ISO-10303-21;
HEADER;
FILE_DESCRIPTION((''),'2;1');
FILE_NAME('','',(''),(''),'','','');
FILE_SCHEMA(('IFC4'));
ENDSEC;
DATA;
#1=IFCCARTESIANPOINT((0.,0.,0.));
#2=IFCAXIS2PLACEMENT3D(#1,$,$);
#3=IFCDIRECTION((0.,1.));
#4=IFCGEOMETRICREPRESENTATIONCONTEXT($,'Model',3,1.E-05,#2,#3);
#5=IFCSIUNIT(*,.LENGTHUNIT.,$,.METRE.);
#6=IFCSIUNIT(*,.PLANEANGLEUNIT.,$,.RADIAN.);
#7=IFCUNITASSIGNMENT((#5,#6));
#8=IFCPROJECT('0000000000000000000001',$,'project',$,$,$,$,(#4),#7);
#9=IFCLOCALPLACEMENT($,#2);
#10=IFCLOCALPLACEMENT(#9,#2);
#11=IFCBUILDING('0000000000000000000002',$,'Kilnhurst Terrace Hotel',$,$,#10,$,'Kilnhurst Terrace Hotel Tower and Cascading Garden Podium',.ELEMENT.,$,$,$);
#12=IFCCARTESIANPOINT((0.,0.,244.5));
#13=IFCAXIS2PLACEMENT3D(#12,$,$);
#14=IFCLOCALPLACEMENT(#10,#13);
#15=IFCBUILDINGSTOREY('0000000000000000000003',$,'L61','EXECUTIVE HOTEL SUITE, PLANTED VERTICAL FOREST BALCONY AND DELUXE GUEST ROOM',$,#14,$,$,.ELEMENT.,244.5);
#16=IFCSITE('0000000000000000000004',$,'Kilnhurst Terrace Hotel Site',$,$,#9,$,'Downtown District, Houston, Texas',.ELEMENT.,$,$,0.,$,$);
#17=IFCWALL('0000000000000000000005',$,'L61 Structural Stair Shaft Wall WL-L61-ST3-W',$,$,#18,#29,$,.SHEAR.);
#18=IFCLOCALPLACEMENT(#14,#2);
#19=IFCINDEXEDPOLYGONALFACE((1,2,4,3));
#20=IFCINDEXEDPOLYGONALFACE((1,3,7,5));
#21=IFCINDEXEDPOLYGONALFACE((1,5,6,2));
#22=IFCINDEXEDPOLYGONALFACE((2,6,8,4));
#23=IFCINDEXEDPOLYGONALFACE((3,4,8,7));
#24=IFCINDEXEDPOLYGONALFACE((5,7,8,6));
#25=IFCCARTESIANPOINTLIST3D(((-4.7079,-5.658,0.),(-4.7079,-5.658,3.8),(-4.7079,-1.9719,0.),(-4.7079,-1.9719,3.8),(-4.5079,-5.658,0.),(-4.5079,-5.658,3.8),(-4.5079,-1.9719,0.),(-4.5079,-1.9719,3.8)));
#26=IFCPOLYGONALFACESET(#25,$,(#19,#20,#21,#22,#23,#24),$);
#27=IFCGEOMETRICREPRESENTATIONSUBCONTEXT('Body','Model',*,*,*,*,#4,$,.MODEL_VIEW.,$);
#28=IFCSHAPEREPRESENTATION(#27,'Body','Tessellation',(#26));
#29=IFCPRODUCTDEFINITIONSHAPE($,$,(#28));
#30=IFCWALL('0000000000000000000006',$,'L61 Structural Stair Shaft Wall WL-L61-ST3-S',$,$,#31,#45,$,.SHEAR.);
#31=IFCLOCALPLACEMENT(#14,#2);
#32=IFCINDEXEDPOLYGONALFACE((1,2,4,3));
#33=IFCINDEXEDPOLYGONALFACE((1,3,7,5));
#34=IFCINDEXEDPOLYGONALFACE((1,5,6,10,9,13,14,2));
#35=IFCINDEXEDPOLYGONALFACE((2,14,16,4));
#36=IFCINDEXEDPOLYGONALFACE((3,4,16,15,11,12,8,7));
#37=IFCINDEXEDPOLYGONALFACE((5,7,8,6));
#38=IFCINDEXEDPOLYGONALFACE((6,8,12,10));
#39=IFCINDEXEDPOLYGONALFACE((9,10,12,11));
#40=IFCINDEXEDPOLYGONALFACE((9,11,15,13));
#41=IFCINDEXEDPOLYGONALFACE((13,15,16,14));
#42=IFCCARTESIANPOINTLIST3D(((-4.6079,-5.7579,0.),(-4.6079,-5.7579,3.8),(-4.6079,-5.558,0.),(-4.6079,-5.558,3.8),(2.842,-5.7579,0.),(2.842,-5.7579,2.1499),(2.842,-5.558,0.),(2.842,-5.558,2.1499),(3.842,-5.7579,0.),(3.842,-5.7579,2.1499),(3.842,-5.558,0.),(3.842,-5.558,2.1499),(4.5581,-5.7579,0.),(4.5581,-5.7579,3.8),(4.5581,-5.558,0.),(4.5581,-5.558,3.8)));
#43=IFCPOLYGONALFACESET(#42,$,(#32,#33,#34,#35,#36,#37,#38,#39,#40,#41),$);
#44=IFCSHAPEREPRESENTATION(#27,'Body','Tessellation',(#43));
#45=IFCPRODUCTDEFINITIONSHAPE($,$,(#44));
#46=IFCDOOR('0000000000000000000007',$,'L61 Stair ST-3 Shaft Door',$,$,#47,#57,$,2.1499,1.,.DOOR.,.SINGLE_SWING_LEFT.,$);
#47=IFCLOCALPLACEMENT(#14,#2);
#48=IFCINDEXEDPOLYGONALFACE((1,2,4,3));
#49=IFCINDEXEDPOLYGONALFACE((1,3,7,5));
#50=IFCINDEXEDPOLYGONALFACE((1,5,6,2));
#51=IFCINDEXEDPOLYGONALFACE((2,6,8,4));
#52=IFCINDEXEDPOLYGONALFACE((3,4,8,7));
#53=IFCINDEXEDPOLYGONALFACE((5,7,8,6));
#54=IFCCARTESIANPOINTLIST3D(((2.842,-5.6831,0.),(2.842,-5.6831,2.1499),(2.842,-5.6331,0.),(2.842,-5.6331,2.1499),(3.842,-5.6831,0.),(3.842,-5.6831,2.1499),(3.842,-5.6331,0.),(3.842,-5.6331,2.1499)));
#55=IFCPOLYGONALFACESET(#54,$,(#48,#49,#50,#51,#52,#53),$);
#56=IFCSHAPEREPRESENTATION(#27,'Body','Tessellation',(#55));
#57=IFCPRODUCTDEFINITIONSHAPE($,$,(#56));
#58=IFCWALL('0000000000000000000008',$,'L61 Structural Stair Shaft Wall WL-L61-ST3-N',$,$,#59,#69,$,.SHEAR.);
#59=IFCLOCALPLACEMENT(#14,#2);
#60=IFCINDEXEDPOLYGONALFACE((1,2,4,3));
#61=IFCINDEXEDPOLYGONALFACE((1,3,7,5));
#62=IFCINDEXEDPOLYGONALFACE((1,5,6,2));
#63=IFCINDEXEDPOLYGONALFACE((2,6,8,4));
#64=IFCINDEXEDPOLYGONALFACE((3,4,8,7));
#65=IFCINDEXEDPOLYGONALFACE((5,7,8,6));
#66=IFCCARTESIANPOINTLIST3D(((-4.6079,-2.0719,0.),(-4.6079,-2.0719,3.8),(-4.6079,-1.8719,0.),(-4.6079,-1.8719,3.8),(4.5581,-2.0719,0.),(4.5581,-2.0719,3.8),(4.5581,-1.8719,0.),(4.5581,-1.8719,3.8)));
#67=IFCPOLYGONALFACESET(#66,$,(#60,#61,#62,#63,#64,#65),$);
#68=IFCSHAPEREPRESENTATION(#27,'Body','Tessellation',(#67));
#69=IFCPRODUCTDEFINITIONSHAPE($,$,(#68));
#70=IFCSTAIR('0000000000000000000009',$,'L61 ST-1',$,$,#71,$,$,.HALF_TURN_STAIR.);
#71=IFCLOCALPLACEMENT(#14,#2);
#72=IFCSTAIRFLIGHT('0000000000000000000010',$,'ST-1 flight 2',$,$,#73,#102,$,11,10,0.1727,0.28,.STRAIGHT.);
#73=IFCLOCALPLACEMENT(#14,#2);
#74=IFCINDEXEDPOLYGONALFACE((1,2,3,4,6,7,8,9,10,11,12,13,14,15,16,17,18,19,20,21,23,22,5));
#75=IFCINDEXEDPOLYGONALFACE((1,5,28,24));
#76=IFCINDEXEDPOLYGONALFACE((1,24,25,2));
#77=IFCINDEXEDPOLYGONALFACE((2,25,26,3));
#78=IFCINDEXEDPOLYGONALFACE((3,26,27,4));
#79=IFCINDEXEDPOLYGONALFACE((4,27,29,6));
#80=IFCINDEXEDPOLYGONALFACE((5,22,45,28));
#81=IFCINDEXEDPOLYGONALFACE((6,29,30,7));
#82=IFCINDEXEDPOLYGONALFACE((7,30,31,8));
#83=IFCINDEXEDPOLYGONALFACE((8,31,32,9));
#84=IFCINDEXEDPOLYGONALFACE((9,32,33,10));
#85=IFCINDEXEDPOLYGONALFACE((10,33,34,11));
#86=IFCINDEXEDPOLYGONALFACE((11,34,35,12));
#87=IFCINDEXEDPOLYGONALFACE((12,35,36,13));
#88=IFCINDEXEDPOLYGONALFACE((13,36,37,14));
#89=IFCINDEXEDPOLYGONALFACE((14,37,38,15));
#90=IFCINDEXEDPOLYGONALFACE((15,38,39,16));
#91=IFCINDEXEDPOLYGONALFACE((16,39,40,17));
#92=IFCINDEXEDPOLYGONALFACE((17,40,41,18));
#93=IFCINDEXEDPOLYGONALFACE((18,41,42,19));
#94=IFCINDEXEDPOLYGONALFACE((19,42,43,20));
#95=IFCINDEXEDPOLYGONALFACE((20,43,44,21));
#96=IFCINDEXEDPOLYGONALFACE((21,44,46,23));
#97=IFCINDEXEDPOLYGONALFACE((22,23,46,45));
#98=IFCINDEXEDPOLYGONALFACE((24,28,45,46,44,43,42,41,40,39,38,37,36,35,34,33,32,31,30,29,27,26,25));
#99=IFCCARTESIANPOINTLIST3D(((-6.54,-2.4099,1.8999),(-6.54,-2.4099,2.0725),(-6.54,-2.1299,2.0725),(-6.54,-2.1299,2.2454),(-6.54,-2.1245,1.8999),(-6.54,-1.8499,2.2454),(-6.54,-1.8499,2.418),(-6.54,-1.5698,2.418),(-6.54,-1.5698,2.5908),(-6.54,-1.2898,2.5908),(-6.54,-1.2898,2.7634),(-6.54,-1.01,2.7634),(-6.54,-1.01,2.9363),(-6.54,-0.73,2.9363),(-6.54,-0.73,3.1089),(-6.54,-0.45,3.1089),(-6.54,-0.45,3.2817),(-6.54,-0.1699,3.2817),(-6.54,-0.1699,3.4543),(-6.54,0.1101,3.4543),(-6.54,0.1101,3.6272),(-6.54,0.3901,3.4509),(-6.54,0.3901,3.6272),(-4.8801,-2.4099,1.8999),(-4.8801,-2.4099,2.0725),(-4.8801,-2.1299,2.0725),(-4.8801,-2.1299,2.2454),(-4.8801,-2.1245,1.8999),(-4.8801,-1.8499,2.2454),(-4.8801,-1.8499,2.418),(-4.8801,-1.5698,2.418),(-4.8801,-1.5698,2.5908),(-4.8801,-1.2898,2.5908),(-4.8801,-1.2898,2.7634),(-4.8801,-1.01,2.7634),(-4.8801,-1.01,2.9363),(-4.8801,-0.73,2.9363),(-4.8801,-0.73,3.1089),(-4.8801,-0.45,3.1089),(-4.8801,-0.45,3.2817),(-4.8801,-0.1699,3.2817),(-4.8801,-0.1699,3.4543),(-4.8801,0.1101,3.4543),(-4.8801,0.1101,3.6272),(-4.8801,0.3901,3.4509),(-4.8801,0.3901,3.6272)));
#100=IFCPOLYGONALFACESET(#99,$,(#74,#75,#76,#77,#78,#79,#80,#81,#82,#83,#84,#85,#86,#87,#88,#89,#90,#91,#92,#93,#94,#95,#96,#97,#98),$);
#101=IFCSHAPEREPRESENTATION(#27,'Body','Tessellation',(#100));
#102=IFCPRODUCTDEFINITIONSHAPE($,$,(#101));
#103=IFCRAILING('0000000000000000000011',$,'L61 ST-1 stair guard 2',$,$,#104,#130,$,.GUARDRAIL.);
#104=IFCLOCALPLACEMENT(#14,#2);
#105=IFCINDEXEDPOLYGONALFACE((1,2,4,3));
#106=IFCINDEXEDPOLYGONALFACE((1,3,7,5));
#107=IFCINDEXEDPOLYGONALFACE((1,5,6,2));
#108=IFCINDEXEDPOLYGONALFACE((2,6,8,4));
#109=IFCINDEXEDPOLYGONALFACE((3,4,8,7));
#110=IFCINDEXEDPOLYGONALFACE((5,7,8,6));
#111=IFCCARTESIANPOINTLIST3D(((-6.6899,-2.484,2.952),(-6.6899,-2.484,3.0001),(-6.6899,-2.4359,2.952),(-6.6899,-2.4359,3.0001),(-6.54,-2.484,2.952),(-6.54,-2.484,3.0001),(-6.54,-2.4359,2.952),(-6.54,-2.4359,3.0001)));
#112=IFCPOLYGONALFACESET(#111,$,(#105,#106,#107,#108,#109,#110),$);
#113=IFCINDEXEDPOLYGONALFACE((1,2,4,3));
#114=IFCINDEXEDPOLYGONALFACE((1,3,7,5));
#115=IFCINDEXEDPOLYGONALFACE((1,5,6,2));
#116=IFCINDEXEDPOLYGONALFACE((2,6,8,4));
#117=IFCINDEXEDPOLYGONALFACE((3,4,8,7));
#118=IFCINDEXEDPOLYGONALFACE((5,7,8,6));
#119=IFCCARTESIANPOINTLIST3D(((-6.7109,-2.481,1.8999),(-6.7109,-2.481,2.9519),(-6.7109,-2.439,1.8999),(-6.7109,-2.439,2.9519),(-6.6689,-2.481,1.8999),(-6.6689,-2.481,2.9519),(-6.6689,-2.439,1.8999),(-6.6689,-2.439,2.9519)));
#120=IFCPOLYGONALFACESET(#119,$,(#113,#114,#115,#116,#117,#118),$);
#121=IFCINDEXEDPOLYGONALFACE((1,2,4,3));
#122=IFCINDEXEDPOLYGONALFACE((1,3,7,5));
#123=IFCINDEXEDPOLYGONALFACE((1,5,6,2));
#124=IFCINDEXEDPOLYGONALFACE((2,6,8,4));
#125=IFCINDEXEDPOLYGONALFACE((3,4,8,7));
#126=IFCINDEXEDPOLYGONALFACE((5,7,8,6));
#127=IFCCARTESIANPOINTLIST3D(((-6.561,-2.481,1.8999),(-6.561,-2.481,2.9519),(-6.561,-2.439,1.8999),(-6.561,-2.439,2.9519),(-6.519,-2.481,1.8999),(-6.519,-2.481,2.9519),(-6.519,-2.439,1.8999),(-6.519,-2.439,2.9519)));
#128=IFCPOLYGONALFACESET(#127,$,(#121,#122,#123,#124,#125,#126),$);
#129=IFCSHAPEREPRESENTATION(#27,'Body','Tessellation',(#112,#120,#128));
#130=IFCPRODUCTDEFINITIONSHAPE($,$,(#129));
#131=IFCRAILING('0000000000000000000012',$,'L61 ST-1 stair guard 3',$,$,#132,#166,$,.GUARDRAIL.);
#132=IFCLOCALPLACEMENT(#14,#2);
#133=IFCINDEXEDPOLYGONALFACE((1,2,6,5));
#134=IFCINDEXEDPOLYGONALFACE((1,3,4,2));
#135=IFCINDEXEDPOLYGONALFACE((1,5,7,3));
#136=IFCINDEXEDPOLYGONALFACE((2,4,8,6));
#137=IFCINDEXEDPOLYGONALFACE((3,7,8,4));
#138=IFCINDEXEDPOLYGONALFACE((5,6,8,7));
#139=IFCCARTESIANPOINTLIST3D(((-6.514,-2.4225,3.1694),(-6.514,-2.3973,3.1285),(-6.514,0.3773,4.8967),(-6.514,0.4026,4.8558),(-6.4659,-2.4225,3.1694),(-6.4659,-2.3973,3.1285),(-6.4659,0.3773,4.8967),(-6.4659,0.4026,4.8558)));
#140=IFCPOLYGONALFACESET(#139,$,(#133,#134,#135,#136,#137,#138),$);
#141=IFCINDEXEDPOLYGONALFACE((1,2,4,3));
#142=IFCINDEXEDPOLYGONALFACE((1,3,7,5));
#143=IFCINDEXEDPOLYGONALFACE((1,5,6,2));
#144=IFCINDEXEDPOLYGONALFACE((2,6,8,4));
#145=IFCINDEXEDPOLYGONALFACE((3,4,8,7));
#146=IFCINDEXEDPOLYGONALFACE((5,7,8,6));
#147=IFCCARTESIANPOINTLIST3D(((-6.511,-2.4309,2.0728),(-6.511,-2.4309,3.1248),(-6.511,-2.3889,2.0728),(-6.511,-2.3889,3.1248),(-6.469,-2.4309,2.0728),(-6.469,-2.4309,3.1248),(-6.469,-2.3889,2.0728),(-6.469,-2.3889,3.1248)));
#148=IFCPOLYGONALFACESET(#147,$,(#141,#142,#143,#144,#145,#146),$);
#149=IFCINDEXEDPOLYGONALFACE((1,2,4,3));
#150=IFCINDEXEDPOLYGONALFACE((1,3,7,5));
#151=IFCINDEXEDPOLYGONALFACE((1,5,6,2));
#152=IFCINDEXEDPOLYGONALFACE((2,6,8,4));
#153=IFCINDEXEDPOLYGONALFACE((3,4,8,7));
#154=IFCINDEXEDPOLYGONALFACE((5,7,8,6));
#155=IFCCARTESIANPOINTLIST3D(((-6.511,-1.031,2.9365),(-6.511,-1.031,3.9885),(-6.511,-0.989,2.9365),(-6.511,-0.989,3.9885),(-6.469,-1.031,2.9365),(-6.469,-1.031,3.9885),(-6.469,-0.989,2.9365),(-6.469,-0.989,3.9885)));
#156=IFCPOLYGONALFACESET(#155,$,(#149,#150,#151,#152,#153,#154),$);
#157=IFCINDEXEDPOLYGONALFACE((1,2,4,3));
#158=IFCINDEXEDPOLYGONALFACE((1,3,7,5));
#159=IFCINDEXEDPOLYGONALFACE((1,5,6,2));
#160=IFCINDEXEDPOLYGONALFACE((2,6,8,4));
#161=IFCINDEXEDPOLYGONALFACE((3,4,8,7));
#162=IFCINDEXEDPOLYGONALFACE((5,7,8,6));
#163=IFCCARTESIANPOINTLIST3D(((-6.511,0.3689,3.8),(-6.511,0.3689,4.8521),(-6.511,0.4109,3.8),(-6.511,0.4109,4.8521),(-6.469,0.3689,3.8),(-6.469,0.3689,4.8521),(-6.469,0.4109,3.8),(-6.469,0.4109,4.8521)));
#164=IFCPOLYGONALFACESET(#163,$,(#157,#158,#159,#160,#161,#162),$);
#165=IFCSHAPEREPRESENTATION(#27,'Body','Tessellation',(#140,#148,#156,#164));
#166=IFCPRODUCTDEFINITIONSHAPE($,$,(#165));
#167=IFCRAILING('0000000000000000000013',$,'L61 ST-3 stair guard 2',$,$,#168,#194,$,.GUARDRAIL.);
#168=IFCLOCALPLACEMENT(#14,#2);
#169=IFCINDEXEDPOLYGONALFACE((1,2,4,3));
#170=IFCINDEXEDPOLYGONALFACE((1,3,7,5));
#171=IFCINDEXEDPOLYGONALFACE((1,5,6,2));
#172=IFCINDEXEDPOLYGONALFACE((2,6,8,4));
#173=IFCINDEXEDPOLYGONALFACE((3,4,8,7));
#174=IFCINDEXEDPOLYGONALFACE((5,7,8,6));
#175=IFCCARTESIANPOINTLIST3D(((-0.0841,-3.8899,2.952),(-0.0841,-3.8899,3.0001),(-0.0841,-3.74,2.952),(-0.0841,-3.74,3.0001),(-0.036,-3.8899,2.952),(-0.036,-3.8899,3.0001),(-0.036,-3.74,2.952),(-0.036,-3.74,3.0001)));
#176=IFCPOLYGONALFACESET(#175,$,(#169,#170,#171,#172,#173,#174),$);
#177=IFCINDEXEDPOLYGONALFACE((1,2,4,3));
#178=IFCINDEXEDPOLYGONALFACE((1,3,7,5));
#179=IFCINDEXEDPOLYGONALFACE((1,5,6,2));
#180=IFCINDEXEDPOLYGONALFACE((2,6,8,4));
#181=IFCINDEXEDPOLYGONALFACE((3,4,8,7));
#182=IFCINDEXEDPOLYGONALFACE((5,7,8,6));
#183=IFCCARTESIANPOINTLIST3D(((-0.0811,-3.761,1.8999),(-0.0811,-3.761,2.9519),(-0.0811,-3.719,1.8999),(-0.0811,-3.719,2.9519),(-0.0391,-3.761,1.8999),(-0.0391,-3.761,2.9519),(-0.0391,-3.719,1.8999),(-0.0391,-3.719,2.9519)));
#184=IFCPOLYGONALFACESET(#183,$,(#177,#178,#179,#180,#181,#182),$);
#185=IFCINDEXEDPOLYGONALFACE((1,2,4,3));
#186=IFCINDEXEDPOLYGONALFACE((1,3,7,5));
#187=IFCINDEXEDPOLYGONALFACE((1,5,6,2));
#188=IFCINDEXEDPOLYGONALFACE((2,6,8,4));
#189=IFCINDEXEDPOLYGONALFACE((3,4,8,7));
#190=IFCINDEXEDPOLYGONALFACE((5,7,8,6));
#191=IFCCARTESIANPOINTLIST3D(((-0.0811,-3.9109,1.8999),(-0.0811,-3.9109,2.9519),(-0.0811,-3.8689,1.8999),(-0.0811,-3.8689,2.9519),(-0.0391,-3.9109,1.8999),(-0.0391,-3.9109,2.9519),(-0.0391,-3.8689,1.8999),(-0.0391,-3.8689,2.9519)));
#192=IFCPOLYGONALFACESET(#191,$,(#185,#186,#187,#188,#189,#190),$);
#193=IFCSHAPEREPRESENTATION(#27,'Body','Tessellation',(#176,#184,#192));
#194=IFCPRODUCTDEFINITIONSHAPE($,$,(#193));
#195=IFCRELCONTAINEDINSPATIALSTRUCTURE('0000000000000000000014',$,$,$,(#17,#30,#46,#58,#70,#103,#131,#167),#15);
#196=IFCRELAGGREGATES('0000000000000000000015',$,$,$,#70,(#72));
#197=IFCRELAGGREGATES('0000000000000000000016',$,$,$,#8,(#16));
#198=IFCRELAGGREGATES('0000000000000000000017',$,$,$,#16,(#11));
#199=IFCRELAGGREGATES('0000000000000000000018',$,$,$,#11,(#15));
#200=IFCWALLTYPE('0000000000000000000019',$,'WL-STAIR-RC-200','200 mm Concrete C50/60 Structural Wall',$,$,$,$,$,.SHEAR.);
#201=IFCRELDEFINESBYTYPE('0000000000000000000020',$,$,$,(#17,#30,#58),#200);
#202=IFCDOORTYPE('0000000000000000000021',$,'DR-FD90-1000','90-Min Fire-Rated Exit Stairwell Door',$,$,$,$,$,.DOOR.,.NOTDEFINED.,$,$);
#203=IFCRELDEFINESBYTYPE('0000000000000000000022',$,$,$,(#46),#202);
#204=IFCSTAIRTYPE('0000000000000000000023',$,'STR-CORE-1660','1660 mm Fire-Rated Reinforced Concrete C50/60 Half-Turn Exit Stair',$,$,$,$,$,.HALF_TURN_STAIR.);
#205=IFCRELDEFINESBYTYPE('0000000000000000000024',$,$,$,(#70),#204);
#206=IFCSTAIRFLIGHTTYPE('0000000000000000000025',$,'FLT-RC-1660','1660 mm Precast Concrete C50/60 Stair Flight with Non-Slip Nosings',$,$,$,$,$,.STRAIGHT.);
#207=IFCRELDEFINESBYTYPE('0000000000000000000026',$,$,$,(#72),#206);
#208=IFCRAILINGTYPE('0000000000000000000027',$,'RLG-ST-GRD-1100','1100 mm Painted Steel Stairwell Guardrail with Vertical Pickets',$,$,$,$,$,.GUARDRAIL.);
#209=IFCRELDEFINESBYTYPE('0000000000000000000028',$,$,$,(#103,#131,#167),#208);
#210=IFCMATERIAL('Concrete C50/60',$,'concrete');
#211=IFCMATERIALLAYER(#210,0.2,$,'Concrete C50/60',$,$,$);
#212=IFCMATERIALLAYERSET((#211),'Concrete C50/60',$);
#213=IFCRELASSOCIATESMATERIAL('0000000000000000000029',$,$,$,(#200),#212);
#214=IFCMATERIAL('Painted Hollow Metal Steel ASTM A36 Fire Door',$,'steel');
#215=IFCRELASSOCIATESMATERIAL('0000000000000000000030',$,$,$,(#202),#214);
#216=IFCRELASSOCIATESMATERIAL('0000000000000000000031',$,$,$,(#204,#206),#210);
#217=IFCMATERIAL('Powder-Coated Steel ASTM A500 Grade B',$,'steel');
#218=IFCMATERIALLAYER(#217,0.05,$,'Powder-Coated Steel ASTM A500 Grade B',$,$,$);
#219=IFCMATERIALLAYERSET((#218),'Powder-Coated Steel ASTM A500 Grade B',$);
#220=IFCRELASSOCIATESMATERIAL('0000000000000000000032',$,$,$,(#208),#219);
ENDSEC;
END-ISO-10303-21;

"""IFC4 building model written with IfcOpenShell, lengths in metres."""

from ifc_helpers import new_model, si_unit, direction, frame, frame_2d, origin, origin_2d, place, context, subcontext, project, spatial, polyline, rectangle, outline, extrude, material, layer, layer_set, type_object, element, fill, aggregate, save


model = new_model("IFC4")

# Units and contexts
model_context = context("Model", 3, precision=1e-05, world=origin(), true_north=direction((0.0, 1.0)))
body_context = subcontext(model_context, "Body", "Model", "MODEL_VIEW")
ifc_project = project(units=[si_unit("LENGTHUNIT", "METRE"), si_unit("PLANEANGLEUNIT", "RADIAN")], contexts=[model_context])

# Site, building, storey
site_placement = place(None, origin())
site = spatial("IfcSite", under=ifc_project, at=site_placement, Name="Kilnhurst Terrace Hotel Site", LongName="Downtown District, Houston, Texas", CompositionType="ELEMENT", RefElevation=0.0)
building_placement = place(site_placement, origin())
building = spatial("IfcBuilding", under=site, at=building_placement, Name="Kilnhurst Terrace Hotel", LongName="Kilnhurst Terrace Hotel Tower and Cascading Garden Podium", CompositionType="ELEMENT")
storey_placement = place(building_placement, frame((0.0, 0.0, 244.5)))
storey = spatial("IfcBuildingStorey", under=building, at=storey_placement, Name="L61", Description="EXECUTIVE HOTEL SUITE, PLANTED VERTICAL FOREST BALCONY AND DELUXE GUEST ROOM", CompositionType="ELEMENT", Elevation=244.5)

# Wall
ifc_material_1 = material(Name="Concrete C50/60", Category="concrete")
ifc_layer_1 = layer(ifc_material_1, 0.2, Name="Concrete C50/60")
ifc_layer_set_1 = layer_set([ifc_layer_1], Name="Concrete C50/60")
wall_type_1 = type_object("IfcWallType", Name="WL-STAIR-RC-200", Description="200 mm Concrete C50/60 Structural Wall", PredefinedType="SHEAR", material=ifc_layer_set_1)
for number, where, z_axis, x_axis, name in (
    (1, (-4.6079, -5.658, 0.0), (0.0, 0.0, 1.0), (0.0, 1.0, 0.0), "L61 Structural Stair Shaft Wall WL-L61-ST3-W"),
):
    element("IfcWall", number, at=place(storey_placement, frame(where, z_axis=z_axis, x_axis=x_axis)), inside=storey, type_object=wall_type_1, Name=name, PredefinedType="SHEAR", context=body_context, shape_type="SweptSolid", body=[
        extrude(rectangle(XDim=3.686, YDim=0.2, at=frame_2d((1.843, 0.0))), origin(), (0.0, 0.0, 1.0), 3.8),
    ])

# Wall, opening, door
wall_1_placement = place(storey_placement, frame((-4.6079, -5.658, 0.0), z_axis=(0.0, 0.0, 1.0), x_axis=(1.0, 0.0, 0.0)))
wall_1 = element("IfcWall", 2, at=wall_1_placement, inside=storey, type_object=wall_type_1, Name="L61 Structural Stair Shaft Wall WL-L61-ST3-S", PredefinedType="SHEAR", context=body_context, shape_type="SweptSolid", body=[
    extrude(rectangle(XDim=9.166, YDim=0.2, at=frame_2d((4.583, 0.0))), origin(), (0.0, 0.0, 1.0), 3.8),
])
opening_1_placement = place(wall_1_placement, frame((7.45, 0.0, 0.0)))
opening_1 = element("IfcOpeningElement", 3, at=opening_1_placement, cuts=wall_1, PredefinedType="OPENING", context=body_context, shape_type="SweptSolid", body=[
    extrude(rectangle(XDim=1.0, YDim=2.1499, at=frame_2d((0.5, 1.075))), frame((0.0, 0.1099, 0.0), z_axis=(0.0, -1.0, 0.0), x_axis=(1.0, 0.0, 0.0)), (0.0, 0.0, 1.0), 0.22),
])
ifc_material_2 = material(Name="Painted Hollow Metal Steel ASTM A36 Fire Door", Category="steel")
door_type_1 = type_object("IfcDoorType", Name="DR-FD90-1000", Description="90-Min Fire-Rated Exit Stairwell Door", OperationType="NOTDEFINED", PredefinedType="DOOR", material=ifc_material_2)
door_1_placement = place(opening_1_placement, origin())
door_1 = element("IfcDoor", 4, at=door_1_placement, inside=storey, type_object=door_type_1, Name="L61 Stair ST-3 Shaft Door", OperationType="SINGLE_SWING_LEFT", OverallHeight=2.1499, OverallWidth=1.0, PredefinedType="DOOR", context=body_context, shape_type="SweptSolid", body=[
    extrude(rectangle(XDim=1.0, YDim=2.1499, at=frame_2d((0.5, 1.075))), frame((0.0, 0.0249, 0.0), z_axis=(0.0, -1.0, 0.0), x_axis=(1.0, 0.0, 0.0)), (0.0, 0.0, 1.0), 0.05),
])
fill(opening_1, door_1)

# Wall
wall_2_placement = place(storey_placement, frame((-4.6079, -1.9719, 0.0), z_axis=(0.0, 0.0, 1.0), x_axis=(1.0, 0.0, 0.0)))
element("IfcWall", 5, at=wall_2_placement, inside=storey, type_object=wall_type_1, Name="L61 Structural Stair Shaft Wall WL-L61-ST3-N", PredefinedType="SHEAR", context=body_context, shape_type="SweptSolid", body=[
    extrude(rectangle(XDim=9.166, YDim=0.2, at=frame_2d((4.583, 0.0))), origin(), (0.0, 0.0, 1.0), 3.8),
])

# Stair, stair flight
stair_type = type_object("IfcStairType", Name="STR-CORE-1660", Description="1660 mm Fire-Rated Reinforced Concrete C50/60 Half-Turn Exit Stair", PredefinedType="HALF_TURN_STAIR", material=ifc_material_1)
stair_placement = place(storey_placement, origin())
stair = element("IfcStair", 6, at=stair_placement, inside=storey, type_object=stair_type, Name="L61 ST-1", PredefinedType="HALF_TURN_STAIR")
stair_flight_type = type_object("IfcStairFlightType", Name="FLT-RC-1660", Description="1660 mm Precast Concrete C50/60 Stair Flight with Non-Slip Nosings", PredefinedType="STRAIGHT", material=ifc_material_1)
stair_flight_placement = place(storey_placement, frame((-5.71, -2.4099, 1.8999), z_axis=(0.0, 0.0, 1.0), x_axis=(0.0, 1.0, 0.0)))
stair_flight = element("IfcStairFlight", 7, at=stair_flight_placement, type_object=stair_flight_type, Name="ST-1 flight 2", NumberOfRisers=11, NumberOfTreads=10, PredefinedType="STRAIGHT", RiserHeight=0.1727, TreadLength=0.28, context=body_context, shape_type="SweptSolid", body=[
    extrude(outline(polyline([(0.0, 0.0), (0.0, 0.1726), (0.28, 0.1726), (0.28, 0.3455), (0.5601, 0.3455), (0.5601, 0.5181), (0.8401, 0.5181), (0.8401, 0.6909), (1.1201, 0.6909), (1.1201, 0.8635), (1.3999, 0.8635), (1.3999, 1.0364), (1.6799, 1.0364), (1.6799, 1.209), (1.96, 1.209), (1.96, 1.3818), (2.24, 1.3818), (2.24, 1.5544), (2.52, 1.5544), (2.52, 1.7273), (2.8, 1.7273), (2.8, 1.8999), (2.8, 1.551), (0.2854, 0.0), (0.0, 0.0)])), frame((0.0, 0.8301, 0.0), z_axis=(0.0, -1.0, 0.0), x_axis=(1.0, 0.0, 0.0)), (0.0, 0.0, 1.0), 1.6599),
])
aggregate(stair, [stair_flight])

# Railings
ifc_material_3 = material(Name="Powder-Coated Steel ASTM A500 Grade B", Category="steel")
ifc_layer_2 = layer(ifc_material_3, 0.05, Name="Powder-Coated Steel ASTM A500 Grade B")
ifc_layer_set_2 = layer_set([ifc_layer_2], Name="Powder-Coated Steel ASTM A500 Grade B")
railing_type_1 = type_object("IfcRailingType", Name="RLG-ST-GRD-1100", Description="1100 mm Painted Steel Stairwell Guardrail with Vertical Pickets", PredefinedType="GUARDRAIL", material=ifc_layer_set_2)
railing_1_placement = place(storey_placement, frame((-6.6899, -2.46, 1.8999)))
element("IfcRailing", 8, at=railing_1_placement, inside=storey, type_object=railing_type_1, Name="L61 ST-1 stair guard 2", PredefinedType="GUARDRAIL", context=body_context, shape_type="SweptSolid", body=[
    extrude(rectangle(XDim=0.0481, YDim=0.0481, at=origin_2d()), frame((0.0, 0.0, 1.0762), z_axis=(1.0, 0.0, 0.0), x_axis=(0.0, 1.0, 0.0)), (0.0, 0.0, 1.0), 0.1499),
    extrude(rectangle(XDim=0.042, YDim=0.042, at=origin_2d()), origin(), (0.0, 0.0, 1.0), 1.052),
    extrude(rectangle(XDim=0.042, YDim=0.042, at=origin_2d()), frame((0.1499, 0.0, 0.0)), (0.0, 0.0, 1.0), 1.052),
])
railing_2_placement = place(storey_placement, frame((-6.49, -2.4099, 2.0728)))
element("IfcRailing", 9, at=railing_2_placement, inside=storey, type_object=railing_type_1, Name="L61 ST-1 stair guard 3", PredefinedType="GUARDRAIL", context=body_context, shape_type="SweptSolid", body=[
    extrude(rectangle(XDim=0.0481, YDim=0.0481, at=origin_2d()), frame((0.0, 0.0, 1.0762), z_axis=(0.0, 0.851069, 0.525054), x_axis=(-1.0, 0.0, 0.0)), (0.0, 0.0, 1.0), 3.2898),
    extrude(rectangle(XDim=0.042, YDim=0.042, at=origin_2d()), origin(), (0.0, 0.0, 1.0), 1.052),
    extrude(rectangle(XDim=0.042, YDim=0.042, at=origin_2d()), frame((0.0, 1.3999, 0.8638)), (0.0, 0.0, 1.0), 1.052),
    extrude(rectangle(XDim=0.042, YDim=0.042, at=origin_2d()), frame((0.0, 2.7998, 1.7273)), (0.0, 0.0, 1.0), 1.052),
])
railing_3_placement = place(storey_placement, frame((-0.0601, -3.74, 1.8999)))
element("IfcRailing", 10, at=railing_3_placement, inside=storey, type_object=railing_type_1, Name="L61 ST-3 stair guard 2", PredefinedType="GUARDRAIL", context=body_context, shape_type="SweptSolid", body=[
    extrude(rectangle(XDim=0.0481, YDim=0.0481, at=origin_2d()), frame((0.0, 0.0, 1.0762), z_axis=(0.0, -1.0, 0.0), x_axis=(1.0, 0.0, 0.0)), (0.0, 0.0, 1.0), 0.1499),
    extrude(rectangle(XDim=0.042, YDim=0.042, at=origin_2d()), origin(), (0.0, 0.0, 1.0), 1.052),
    extrude(rectangle(XDim=0.042, YDim=0.042, at=origin_2d()), frame((0.0, -0.1499, 0.0)), (0.0, 0.0, 1.0), 1.052),
])

save(model, "model.ifc")
